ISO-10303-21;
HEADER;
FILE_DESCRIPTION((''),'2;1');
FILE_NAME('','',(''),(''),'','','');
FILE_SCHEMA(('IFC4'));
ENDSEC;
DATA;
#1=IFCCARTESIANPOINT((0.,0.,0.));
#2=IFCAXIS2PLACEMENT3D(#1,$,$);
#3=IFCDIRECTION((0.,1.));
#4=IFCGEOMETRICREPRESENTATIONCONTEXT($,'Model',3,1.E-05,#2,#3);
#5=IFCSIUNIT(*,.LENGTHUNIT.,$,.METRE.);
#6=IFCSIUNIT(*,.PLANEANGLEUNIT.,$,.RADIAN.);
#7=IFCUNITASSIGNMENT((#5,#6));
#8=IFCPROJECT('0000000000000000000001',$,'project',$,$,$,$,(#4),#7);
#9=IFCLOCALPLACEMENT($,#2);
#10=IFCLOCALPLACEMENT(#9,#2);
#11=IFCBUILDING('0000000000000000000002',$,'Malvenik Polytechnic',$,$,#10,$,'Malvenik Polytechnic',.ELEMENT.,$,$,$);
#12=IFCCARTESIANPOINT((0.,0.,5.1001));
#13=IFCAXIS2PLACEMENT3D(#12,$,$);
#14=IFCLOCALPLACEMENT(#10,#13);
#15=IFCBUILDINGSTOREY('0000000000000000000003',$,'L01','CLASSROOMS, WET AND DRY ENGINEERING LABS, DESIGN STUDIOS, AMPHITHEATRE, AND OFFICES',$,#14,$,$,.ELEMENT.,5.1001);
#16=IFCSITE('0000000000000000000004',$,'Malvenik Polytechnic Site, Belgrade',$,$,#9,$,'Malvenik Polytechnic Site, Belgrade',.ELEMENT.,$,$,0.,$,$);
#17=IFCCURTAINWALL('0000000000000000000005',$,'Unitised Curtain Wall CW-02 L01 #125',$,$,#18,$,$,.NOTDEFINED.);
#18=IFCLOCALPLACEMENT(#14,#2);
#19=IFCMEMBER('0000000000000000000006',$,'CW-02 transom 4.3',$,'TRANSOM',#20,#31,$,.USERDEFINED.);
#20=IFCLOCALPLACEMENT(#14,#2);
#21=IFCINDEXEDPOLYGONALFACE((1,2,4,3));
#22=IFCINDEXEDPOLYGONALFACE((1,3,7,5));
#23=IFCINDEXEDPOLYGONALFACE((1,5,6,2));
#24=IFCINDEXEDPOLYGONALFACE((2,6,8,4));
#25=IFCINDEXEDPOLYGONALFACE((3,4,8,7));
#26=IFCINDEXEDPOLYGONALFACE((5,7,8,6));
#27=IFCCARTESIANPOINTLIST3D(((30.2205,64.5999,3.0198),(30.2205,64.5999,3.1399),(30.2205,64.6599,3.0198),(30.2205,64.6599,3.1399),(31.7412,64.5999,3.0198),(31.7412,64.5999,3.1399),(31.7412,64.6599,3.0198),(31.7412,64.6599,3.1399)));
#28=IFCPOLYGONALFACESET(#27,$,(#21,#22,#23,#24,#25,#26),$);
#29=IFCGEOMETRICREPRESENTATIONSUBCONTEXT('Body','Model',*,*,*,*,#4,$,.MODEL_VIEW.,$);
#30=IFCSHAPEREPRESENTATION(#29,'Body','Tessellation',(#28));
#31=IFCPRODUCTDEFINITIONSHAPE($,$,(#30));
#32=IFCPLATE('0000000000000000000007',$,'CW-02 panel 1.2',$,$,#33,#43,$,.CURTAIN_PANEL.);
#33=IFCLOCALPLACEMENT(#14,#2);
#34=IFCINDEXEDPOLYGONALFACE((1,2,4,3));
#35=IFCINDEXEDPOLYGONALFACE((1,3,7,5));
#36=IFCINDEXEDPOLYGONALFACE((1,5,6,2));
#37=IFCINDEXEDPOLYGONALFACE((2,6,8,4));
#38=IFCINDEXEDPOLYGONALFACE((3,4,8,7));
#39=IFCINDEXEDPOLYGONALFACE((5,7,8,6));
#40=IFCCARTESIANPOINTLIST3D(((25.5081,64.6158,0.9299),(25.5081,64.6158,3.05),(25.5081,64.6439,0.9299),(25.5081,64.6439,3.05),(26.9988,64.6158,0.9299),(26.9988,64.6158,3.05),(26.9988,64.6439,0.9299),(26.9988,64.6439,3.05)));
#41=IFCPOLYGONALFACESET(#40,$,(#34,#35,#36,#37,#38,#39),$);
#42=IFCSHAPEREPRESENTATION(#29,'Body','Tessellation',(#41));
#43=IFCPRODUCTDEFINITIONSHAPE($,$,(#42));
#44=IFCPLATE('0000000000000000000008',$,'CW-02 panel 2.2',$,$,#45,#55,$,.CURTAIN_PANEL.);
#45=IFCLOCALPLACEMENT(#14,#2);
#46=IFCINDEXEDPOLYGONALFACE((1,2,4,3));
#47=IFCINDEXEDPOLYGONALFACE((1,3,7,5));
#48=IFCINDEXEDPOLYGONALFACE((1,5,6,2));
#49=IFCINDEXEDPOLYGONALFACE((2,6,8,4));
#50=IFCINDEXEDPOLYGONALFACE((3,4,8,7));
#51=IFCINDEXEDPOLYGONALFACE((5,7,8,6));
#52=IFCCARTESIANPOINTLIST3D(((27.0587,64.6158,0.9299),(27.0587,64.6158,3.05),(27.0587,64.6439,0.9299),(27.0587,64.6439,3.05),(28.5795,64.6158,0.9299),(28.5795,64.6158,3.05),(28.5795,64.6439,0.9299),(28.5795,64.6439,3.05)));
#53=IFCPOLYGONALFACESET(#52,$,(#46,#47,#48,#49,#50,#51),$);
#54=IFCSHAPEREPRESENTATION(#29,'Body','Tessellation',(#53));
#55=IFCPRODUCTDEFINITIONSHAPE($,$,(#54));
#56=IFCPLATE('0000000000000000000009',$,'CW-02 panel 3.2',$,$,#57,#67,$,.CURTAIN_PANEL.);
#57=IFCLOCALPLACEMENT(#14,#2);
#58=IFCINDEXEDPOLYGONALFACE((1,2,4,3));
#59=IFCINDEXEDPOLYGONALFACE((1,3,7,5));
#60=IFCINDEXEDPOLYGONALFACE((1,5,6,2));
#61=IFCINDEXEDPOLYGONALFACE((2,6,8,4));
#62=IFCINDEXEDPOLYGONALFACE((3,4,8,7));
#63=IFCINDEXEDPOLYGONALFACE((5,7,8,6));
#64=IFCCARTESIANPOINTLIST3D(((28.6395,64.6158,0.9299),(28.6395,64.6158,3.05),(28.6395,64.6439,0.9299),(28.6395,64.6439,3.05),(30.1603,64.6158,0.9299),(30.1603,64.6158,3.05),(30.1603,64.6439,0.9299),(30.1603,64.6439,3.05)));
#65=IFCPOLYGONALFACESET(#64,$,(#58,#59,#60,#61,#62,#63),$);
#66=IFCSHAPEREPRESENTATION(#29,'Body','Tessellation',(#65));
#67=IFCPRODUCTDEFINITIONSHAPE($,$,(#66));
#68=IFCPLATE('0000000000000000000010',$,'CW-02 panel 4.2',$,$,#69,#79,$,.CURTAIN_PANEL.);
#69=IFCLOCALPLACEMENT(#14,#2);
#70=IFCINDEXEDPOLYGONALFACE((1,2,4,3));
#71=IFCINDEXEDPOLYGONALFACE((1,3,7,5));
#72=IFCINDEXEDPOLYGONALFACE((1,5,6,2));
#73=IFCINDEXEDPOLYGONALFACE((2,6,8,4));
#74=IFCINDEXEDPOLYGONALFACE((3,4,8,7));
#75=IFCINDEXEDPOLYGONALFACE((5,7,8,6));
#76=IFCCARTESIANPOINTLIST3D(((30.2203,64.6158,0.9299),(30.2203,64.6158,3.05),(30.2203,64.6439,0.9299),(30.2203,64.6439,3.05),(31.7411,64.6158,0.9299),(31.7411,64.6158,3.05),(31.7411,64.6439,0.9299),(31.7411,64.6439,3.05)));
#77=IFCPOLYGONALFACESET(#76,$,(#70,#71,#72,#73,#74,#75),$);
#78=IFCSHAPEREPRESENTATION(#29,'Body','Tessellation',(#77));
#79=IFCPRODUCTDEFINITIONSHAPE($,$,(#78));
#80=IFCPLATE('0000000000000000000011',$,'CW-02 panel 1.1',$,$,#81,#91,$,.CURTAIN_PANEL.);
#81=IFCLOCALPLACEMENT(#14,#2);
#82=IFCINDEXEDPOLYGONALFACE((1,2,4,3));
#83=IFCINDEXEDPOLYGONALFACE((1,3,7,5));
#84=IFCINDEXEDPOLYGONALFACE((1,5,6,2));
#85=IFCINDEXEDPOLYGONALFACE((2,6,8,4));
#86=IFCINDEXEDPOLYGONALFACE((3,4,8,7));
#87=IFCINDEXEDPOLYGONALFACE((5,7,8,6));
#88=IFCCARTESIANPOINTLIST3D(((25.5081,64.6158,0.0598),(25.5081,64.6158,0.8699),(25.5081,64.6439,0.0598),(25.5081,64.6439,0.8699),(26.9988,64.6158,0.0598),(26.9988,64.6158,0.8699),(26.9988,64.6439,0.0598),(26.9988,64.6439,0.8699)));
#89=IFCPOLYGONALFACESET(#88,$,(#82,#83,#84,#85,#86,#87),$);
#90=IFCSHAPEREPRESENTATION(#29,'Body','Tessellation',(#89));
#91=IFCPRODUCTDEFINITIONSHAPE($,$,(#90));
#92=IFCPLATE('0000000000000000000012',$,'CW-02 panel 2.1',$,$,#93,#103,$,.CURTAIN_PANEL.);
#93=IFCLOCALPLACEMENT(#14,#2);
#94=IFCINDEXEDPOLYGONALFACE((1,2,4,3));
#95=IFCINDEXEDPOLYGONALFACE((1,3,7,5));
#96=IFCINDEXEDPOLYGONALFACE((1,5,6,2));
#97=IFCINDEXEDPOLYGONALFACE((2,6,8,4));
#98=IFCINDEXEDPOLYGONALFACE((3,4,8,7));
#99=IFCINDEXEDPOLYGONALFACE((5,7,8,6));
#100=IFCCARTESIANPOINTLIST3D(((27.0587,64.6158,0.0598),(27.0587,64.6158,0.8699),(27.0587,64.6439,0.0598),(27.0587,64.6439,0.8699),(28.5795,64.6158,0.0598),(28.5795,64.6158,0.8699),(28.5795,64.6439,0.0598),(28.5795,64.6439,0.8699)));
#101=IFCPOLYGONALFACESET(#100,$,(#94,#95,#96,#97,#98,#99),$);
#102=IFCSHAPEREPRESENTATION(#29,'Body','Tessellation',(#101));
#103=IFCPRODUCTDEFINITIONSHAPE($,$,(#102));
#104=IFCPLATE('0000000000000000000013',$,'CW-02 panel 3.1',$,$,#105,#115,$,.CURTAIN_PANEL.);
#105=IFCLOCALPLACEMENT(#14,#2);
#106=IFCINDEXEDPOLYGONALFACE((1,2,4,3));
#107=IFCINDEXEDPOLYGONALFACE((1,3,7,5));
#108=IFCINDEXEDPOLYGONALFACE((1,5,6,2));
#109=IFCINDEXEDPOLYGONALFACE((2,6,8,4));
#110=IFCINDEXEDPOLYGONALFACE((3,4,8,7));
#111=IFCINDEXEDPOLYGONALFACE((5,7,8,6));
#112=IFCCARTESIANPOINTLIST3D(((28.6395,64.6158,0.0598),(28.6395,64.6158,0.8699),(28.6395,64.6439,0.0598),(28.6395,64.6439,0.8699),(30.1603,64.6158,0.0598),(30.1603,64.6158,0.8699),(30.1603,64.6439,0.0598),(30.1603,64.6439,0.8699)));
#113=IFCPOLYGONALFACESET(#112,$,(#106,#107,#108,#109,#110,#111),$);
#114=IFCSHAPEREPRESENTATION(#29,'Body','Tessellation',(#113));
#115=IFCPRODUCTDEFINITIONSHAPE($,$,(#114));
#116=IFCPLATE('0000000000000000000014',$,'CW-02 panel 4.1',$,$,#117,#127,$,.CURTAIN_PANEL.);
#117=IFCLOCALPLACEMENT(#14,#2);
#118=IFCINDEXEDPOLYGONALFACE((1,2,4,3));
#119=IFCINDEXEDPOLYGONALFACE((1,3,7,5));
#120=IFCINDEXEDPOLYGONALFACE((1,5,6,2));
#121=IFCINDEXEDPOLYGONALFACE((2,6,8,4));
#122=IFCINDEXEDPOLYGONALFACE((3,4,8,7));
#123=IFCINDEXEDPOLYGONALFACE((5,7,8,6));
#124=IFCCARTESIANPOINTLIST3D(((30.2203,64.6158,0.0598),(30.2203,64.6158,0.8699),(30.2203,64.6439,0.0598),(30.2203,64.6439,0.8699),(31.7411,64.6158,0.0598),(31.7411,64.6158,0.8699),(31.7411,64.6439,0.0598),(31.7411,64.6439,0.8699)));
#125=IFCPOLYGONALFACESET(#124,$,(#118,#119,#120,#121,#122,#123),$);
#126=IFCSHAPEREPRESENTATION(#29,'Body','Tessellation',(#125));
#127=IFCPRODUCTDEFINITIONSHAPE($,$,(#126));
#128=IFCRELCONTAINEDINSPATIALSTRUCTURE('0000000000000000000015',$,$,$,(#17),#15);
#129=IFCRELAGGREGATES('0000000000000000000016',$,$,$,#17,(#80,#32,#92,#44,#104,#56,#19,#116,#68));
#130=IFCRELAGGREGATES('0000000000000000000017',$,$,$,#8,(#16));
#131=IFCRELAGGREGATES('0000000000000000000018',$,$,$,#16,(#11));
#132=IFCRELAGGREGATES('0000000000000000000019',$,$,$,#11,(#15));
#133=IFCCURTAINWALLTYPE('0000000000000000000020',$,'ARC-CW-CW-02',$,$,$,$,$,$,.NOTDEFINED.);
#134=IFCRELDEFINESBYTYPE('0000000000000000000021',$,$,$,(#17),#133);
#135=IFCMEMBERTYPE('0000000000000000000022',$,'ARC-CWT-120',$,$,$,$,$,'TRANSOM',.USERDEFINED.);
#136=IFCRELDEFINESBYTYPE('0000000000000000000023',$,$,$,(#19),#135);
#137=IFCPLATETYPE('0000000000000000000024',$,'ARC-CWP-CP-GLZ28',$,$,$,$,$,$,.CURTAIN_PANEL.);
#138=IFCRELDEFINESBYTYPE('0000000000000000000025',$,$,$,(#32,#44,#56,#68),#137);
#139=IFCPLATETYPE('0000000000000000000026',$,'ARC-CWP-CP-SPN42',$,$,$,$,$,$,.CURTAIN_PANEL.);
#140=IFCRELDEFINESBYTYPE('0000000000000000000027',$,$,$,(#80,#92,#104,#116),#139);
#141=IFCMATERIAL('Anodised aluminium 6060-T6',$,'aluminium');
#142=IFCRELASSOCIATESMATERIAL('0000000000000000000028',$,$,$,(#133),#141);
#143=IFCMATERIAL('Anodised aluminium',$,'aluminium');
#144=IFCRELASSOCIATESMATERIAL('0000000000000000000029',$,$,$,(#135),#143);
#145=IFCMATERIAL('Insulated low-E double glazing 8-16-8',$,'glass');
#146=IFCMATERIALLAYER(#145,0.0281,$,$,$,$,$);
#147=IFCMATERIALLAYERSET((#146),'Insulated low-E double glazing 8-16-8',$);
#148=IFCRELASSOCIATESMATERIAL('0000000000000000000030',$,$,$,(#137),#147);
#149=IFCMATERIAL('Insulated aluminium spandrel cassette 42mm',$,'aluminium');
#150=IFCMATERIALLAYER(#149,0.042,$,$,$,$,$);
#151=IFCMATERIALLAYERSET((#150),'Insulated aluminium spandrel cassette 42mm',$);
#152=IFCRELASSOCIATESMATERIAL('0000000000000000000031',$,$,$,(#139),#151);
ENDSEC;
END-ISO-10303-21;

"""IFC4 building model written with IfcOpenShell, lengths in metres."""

from ifc_helpers import new_model, si_unit, direction, frame, origin, origin_2d, place, context, subcontext, project, spatial, rectangle, extrude, material, layer, layer_set, material_profile, profile_set, type_object, element, aggregate, save


model = new_model("IFC4")

# Units and contexts
model_context = context("Model", 3, precision=1e-05, world=origin(), true_north=direction((0.0, 1.0)))
body_context = subcontext(model_context, "Body", "Model", "MODEL_VIEW")
ifc_project = project(units=[si_unit("LENGTHUNIT", "METRE"), si_unit("PLANEANGLEUNIT", "RADIAN")], contexts=[model_context])

# Site, building, storey
site_placement = place(None, origin())
site = spatial("IfcSite", under=ifc_project, at=site_placement, Name="Malvenik Polytechnic Site, Belgrade", LongName="Malvenik Polytechnic Site, Belgrade", CompositionType="ELEMENT", RefElevation=0.0)
building_placement = place(site_placement, origin())
building = spatial("IfcBuilding", under=site, at=building_placement, Name="Malvenik Polytechnic", LongName="Malvenik Polytechnic", CompositionType="ELEMENT")
storey_placement = place(building_placement, frame((0.0, 0.0, 5.1001)))
storey = spatial("IfcBuildingStorey", under=building, at=storey_placement, Name="L01", Description="CLASSROOMS, WET AND DRY ENGINEERING LABS, DESIGN STUDIOS, AMPHITHEATRE, AND OFFICES", CompositionType="ELEMENT", Elevation=5.1001)

# Curtain wall, member, plates
ifc_material_1 = material(Name="Anodised aluminium 6060-T6", Category="aluminium")
curtain_wall_type = type_object("IfcCurtainWallType", Name="ARC-CW-CW-02", PredefinedType="NOTDEFINED", material=ifc_material_1)
curtain_wall_placement = place(storey_placement, origin())
curtain_wall = element("IfcCurtainWall", 1, at=curtain_wall_placement, inside=storey, type_object=curtain_wall_type, Name="Unitised Curtain Wall CW-02 L01 #125", PredefinedType="NOTDEFINED")
ifc_material_2 = material(Name="Anodised aluminium", Category="aluminium")
ifc_material_profile_1 = material_profile(ifc_material_2, rectangle(XDim=0.0601, YDim=0.1201, at=origin_2d()), Name="ALU TRANSOM 60x120")
ifc_profile_set_1 = profile_set([ifc_material_profile_1], Name="Anodised aluminium")
member_type_1 = type_object("IfcMemberType", Name="ARC-CWT-120", ElementType="TRANSOM", PredefinedType="USERDEFINED", material=ifc_profile_set_1)
member_1_placement = place(storey_placement, frame((30.2205, 64.6299, 3.0798), z_axis=(1.0, 0.0, 0.0), x_axis=(0.0, 1.0, 0.0)))
member_1 = element("IfcMember", 2, at=member_1_placement, type_object=member_type_1, Name="CW-02 transom 4.3", ObjectType="TRANSOM", PredefinedType="USERDEFINED", context=body_context, shape_type="SweptSolid", body=[
    extrude(rectangle(XDim=0.0601, YDim=0.1201, at=origin_2d()), origin(), (0.0, 0.0, 1.0), 1.5208),
])
ifc_material_3 = material(Name="Insulated low-E double glazing 8-16-8", Category="glass")
ifc_layer_1 = layer(ifc_material_3, 0.0281)
ifc_layer_set_1 = layer_set([ifc_layer_1], Name="Insulated low-E double glazing 8-16-8")
plate_type_1 = type_object("IfcPlateType", Name="ARC-CWP-CP-GLZ28", PredefinedType="CURTAIN_PANEL", material=ifc_layer_set_1)
plate_1_placement = place(storey_placement, frame((26.2534, 64.6299, 0.9299), z_axis=(0.0, 0.0, 1.0), x_axis=(1.0, 0.0, 0.0)))
plate_1 = element("IfcPlate", 3, at=plate_1_placement, type_object=plate_type_1, Name="CW-02 panel 1.2", PredefinedType="CURTAIN_PANEL", context=body_context, shape_type="SweptSolid", body=[
    extrude(rectangle(XDim=1.4907, YDim=0.0281, at=origin_2d()), origin(), (0.0, 0.0, 1.0), 2.1201),
])
plate_2_placement = place(storey_placement, frame((27.8191, 64.6299, 0.9299), z_axis=(0.0, 0.0, 1.0), x_axis=(1.0, 0.0, 0.0)))
plate_2 = element("IfcPlate", 4, at=plate_2_placement, type_object=plate_type_1, Name="CW-02 panel 2.2", PredefinedType="CURTAIN_PANEL", context=body_context, shape_type="SweptSolid", body=[
    extrude(rectangle(XDim=1.5208, YDim=0.0281, at=origin_2d()), origin(), (0.0, 0.0, 1.0), 2.1201),
])
plate_3_placement = place(storey_placement, frame((29.3999, 64.6299, 0.9299), z_axis=(0.0, 0.0, 1.0), x_axis=(1.0, 0.0, 0.0)))
plate_3 = element("IfcPlate", 5, at=plate_3_placement, type_object=plate_type_1, Name="CW-02 panel 3.2", PredefinedType="CURTAIN_PANEL", context=body_context, shape_type="SweptSolid", body=[
    extrude(rectangle(XDim=1.5208, YDim=0.0281, at=origin_2d()), origin(), (0.0, 0.0, 1.0), 2.1201),
])
plate_4_placement = place(storey_placement, frame((30.9807, 64.6299, 0.9299), z_axis=(0.0, 0.0, 1.0), x_axis=(1.0, 0.0, 0.0)))
plate_4 = element("IfcPlate", 6, at=plate_4_placement, type_object=plate_type_1, Name="CW-02 panel 4.2", PredefinedType="CURTAIN_PANEL", context=body_context, shape_type="SweptSolid", body=[
    extrude(rectangle(XDim=1.5208, YDim=0.0281, at=origin_2d()), origin(), (0.0, 0.0, 1.0), 2.1201),
])
ifc_material_4 = material(Name="Insulated aluminium spandrel cassette 42mm", Category="aluminium")
ifc_layer_2 = layer(ifc_material_4, 0.042)
ifc_layer_set_2 = layer_set([ifc_layer_2], Name="Insulated aluminium spandrel cassette 42mm")
plate_type_2 = type_object("IfcPlateType", Name="ARC-CWP-CP-SPN42", PredefinedType="CURTAIN_PANEL", material=ifc_layer_set_2)
plate_5_placement = place(storey_placement, frame((26.2534, 64.6299, 0.0598), z_axis=(0.0, 0.0, 1.0), x_axis=(1.0, 0.0, 0.0)))
plate_5 = element("IfcPlate", 7, at=plate_5_placement, type_object=plate_type_2, Name="CW-02 panel 1.1", PredefinedType="CURTAIN_PANEL", context=body_context, shape_type="SweptSolid", body=[
    extrude(rectangle(XDim=1.4907, YDim=0.0281, at=origin_2d()), origin(), (0.0, 0.0, 1.0), 0.8101),
])
plate_6_placement = place(storey_placement, frame((27.8191, 64.6299, 0.0598), z_axis=(0.0, 0.0, 1.0), x_axis=(1.0, 0.0, 0.0)))
plate_6 = element("IfcPlate", 8, at=plate_6_placement, type_object=plate_type_2, Name="CW-02 panel 2.1", PredefinedType="CURTAIN_PANEL", context=body_context, shape_type="SweptSolid", body=[
    extrude(rectangle(XDim=1.5208, YDim=0.0281, at=origin_2d()), origin(), (0.0, 0.0, 1.0), 0.8101),
])
plate_7_placement = place(storey_placement, frame((29.3999, 64.6299, 0.0598), z_axis=(0.0, 0.0, 1.0), x_axis=(1.0, 0.0, 0.0)))
plate_7 = element("IfcPlate", 9, at=plate_7_placement, type_object=plate_type_2, Name="CW-02 panel 3.1", PredefinedType="CURTAIN_PANEL", context=body_context, shape_type="SweptSolid", body=[
    extrude(rectangle(XDim=1.5208, YDim=0.0281, at=origin_2d()), origin(), (0.0, 0.0, 1.0), 0.8101),
])
plate_8_placement = place(storey_placement, frame((30.9807, 64.6299, 0.0598), z_axis=(0.0, 0.0, 1.0), x_axis=(1.0, 0.0, 0.0)))
plate_8 = element("IfcPlate", 10, at=plate_8_placement, type_object=plate_type_2, Name="CW-02 panel 4.1", PredefinedType="CURTAIN_PANEL", context=body_context, shape_type="SweptSolid", body=[
    extrude(rectangle(XDim=1.5208, YDim=0.0281, at=origin_2d()), origin(), (0.0, 0.0, 1.0), 0.8101),
])
aggregate(curtain_wall, [plate_5, plate_1, plate_6, plate_2, plate_7, plate_3, member_1, plate_8, plate_4])

save(model, "model.ifc")
